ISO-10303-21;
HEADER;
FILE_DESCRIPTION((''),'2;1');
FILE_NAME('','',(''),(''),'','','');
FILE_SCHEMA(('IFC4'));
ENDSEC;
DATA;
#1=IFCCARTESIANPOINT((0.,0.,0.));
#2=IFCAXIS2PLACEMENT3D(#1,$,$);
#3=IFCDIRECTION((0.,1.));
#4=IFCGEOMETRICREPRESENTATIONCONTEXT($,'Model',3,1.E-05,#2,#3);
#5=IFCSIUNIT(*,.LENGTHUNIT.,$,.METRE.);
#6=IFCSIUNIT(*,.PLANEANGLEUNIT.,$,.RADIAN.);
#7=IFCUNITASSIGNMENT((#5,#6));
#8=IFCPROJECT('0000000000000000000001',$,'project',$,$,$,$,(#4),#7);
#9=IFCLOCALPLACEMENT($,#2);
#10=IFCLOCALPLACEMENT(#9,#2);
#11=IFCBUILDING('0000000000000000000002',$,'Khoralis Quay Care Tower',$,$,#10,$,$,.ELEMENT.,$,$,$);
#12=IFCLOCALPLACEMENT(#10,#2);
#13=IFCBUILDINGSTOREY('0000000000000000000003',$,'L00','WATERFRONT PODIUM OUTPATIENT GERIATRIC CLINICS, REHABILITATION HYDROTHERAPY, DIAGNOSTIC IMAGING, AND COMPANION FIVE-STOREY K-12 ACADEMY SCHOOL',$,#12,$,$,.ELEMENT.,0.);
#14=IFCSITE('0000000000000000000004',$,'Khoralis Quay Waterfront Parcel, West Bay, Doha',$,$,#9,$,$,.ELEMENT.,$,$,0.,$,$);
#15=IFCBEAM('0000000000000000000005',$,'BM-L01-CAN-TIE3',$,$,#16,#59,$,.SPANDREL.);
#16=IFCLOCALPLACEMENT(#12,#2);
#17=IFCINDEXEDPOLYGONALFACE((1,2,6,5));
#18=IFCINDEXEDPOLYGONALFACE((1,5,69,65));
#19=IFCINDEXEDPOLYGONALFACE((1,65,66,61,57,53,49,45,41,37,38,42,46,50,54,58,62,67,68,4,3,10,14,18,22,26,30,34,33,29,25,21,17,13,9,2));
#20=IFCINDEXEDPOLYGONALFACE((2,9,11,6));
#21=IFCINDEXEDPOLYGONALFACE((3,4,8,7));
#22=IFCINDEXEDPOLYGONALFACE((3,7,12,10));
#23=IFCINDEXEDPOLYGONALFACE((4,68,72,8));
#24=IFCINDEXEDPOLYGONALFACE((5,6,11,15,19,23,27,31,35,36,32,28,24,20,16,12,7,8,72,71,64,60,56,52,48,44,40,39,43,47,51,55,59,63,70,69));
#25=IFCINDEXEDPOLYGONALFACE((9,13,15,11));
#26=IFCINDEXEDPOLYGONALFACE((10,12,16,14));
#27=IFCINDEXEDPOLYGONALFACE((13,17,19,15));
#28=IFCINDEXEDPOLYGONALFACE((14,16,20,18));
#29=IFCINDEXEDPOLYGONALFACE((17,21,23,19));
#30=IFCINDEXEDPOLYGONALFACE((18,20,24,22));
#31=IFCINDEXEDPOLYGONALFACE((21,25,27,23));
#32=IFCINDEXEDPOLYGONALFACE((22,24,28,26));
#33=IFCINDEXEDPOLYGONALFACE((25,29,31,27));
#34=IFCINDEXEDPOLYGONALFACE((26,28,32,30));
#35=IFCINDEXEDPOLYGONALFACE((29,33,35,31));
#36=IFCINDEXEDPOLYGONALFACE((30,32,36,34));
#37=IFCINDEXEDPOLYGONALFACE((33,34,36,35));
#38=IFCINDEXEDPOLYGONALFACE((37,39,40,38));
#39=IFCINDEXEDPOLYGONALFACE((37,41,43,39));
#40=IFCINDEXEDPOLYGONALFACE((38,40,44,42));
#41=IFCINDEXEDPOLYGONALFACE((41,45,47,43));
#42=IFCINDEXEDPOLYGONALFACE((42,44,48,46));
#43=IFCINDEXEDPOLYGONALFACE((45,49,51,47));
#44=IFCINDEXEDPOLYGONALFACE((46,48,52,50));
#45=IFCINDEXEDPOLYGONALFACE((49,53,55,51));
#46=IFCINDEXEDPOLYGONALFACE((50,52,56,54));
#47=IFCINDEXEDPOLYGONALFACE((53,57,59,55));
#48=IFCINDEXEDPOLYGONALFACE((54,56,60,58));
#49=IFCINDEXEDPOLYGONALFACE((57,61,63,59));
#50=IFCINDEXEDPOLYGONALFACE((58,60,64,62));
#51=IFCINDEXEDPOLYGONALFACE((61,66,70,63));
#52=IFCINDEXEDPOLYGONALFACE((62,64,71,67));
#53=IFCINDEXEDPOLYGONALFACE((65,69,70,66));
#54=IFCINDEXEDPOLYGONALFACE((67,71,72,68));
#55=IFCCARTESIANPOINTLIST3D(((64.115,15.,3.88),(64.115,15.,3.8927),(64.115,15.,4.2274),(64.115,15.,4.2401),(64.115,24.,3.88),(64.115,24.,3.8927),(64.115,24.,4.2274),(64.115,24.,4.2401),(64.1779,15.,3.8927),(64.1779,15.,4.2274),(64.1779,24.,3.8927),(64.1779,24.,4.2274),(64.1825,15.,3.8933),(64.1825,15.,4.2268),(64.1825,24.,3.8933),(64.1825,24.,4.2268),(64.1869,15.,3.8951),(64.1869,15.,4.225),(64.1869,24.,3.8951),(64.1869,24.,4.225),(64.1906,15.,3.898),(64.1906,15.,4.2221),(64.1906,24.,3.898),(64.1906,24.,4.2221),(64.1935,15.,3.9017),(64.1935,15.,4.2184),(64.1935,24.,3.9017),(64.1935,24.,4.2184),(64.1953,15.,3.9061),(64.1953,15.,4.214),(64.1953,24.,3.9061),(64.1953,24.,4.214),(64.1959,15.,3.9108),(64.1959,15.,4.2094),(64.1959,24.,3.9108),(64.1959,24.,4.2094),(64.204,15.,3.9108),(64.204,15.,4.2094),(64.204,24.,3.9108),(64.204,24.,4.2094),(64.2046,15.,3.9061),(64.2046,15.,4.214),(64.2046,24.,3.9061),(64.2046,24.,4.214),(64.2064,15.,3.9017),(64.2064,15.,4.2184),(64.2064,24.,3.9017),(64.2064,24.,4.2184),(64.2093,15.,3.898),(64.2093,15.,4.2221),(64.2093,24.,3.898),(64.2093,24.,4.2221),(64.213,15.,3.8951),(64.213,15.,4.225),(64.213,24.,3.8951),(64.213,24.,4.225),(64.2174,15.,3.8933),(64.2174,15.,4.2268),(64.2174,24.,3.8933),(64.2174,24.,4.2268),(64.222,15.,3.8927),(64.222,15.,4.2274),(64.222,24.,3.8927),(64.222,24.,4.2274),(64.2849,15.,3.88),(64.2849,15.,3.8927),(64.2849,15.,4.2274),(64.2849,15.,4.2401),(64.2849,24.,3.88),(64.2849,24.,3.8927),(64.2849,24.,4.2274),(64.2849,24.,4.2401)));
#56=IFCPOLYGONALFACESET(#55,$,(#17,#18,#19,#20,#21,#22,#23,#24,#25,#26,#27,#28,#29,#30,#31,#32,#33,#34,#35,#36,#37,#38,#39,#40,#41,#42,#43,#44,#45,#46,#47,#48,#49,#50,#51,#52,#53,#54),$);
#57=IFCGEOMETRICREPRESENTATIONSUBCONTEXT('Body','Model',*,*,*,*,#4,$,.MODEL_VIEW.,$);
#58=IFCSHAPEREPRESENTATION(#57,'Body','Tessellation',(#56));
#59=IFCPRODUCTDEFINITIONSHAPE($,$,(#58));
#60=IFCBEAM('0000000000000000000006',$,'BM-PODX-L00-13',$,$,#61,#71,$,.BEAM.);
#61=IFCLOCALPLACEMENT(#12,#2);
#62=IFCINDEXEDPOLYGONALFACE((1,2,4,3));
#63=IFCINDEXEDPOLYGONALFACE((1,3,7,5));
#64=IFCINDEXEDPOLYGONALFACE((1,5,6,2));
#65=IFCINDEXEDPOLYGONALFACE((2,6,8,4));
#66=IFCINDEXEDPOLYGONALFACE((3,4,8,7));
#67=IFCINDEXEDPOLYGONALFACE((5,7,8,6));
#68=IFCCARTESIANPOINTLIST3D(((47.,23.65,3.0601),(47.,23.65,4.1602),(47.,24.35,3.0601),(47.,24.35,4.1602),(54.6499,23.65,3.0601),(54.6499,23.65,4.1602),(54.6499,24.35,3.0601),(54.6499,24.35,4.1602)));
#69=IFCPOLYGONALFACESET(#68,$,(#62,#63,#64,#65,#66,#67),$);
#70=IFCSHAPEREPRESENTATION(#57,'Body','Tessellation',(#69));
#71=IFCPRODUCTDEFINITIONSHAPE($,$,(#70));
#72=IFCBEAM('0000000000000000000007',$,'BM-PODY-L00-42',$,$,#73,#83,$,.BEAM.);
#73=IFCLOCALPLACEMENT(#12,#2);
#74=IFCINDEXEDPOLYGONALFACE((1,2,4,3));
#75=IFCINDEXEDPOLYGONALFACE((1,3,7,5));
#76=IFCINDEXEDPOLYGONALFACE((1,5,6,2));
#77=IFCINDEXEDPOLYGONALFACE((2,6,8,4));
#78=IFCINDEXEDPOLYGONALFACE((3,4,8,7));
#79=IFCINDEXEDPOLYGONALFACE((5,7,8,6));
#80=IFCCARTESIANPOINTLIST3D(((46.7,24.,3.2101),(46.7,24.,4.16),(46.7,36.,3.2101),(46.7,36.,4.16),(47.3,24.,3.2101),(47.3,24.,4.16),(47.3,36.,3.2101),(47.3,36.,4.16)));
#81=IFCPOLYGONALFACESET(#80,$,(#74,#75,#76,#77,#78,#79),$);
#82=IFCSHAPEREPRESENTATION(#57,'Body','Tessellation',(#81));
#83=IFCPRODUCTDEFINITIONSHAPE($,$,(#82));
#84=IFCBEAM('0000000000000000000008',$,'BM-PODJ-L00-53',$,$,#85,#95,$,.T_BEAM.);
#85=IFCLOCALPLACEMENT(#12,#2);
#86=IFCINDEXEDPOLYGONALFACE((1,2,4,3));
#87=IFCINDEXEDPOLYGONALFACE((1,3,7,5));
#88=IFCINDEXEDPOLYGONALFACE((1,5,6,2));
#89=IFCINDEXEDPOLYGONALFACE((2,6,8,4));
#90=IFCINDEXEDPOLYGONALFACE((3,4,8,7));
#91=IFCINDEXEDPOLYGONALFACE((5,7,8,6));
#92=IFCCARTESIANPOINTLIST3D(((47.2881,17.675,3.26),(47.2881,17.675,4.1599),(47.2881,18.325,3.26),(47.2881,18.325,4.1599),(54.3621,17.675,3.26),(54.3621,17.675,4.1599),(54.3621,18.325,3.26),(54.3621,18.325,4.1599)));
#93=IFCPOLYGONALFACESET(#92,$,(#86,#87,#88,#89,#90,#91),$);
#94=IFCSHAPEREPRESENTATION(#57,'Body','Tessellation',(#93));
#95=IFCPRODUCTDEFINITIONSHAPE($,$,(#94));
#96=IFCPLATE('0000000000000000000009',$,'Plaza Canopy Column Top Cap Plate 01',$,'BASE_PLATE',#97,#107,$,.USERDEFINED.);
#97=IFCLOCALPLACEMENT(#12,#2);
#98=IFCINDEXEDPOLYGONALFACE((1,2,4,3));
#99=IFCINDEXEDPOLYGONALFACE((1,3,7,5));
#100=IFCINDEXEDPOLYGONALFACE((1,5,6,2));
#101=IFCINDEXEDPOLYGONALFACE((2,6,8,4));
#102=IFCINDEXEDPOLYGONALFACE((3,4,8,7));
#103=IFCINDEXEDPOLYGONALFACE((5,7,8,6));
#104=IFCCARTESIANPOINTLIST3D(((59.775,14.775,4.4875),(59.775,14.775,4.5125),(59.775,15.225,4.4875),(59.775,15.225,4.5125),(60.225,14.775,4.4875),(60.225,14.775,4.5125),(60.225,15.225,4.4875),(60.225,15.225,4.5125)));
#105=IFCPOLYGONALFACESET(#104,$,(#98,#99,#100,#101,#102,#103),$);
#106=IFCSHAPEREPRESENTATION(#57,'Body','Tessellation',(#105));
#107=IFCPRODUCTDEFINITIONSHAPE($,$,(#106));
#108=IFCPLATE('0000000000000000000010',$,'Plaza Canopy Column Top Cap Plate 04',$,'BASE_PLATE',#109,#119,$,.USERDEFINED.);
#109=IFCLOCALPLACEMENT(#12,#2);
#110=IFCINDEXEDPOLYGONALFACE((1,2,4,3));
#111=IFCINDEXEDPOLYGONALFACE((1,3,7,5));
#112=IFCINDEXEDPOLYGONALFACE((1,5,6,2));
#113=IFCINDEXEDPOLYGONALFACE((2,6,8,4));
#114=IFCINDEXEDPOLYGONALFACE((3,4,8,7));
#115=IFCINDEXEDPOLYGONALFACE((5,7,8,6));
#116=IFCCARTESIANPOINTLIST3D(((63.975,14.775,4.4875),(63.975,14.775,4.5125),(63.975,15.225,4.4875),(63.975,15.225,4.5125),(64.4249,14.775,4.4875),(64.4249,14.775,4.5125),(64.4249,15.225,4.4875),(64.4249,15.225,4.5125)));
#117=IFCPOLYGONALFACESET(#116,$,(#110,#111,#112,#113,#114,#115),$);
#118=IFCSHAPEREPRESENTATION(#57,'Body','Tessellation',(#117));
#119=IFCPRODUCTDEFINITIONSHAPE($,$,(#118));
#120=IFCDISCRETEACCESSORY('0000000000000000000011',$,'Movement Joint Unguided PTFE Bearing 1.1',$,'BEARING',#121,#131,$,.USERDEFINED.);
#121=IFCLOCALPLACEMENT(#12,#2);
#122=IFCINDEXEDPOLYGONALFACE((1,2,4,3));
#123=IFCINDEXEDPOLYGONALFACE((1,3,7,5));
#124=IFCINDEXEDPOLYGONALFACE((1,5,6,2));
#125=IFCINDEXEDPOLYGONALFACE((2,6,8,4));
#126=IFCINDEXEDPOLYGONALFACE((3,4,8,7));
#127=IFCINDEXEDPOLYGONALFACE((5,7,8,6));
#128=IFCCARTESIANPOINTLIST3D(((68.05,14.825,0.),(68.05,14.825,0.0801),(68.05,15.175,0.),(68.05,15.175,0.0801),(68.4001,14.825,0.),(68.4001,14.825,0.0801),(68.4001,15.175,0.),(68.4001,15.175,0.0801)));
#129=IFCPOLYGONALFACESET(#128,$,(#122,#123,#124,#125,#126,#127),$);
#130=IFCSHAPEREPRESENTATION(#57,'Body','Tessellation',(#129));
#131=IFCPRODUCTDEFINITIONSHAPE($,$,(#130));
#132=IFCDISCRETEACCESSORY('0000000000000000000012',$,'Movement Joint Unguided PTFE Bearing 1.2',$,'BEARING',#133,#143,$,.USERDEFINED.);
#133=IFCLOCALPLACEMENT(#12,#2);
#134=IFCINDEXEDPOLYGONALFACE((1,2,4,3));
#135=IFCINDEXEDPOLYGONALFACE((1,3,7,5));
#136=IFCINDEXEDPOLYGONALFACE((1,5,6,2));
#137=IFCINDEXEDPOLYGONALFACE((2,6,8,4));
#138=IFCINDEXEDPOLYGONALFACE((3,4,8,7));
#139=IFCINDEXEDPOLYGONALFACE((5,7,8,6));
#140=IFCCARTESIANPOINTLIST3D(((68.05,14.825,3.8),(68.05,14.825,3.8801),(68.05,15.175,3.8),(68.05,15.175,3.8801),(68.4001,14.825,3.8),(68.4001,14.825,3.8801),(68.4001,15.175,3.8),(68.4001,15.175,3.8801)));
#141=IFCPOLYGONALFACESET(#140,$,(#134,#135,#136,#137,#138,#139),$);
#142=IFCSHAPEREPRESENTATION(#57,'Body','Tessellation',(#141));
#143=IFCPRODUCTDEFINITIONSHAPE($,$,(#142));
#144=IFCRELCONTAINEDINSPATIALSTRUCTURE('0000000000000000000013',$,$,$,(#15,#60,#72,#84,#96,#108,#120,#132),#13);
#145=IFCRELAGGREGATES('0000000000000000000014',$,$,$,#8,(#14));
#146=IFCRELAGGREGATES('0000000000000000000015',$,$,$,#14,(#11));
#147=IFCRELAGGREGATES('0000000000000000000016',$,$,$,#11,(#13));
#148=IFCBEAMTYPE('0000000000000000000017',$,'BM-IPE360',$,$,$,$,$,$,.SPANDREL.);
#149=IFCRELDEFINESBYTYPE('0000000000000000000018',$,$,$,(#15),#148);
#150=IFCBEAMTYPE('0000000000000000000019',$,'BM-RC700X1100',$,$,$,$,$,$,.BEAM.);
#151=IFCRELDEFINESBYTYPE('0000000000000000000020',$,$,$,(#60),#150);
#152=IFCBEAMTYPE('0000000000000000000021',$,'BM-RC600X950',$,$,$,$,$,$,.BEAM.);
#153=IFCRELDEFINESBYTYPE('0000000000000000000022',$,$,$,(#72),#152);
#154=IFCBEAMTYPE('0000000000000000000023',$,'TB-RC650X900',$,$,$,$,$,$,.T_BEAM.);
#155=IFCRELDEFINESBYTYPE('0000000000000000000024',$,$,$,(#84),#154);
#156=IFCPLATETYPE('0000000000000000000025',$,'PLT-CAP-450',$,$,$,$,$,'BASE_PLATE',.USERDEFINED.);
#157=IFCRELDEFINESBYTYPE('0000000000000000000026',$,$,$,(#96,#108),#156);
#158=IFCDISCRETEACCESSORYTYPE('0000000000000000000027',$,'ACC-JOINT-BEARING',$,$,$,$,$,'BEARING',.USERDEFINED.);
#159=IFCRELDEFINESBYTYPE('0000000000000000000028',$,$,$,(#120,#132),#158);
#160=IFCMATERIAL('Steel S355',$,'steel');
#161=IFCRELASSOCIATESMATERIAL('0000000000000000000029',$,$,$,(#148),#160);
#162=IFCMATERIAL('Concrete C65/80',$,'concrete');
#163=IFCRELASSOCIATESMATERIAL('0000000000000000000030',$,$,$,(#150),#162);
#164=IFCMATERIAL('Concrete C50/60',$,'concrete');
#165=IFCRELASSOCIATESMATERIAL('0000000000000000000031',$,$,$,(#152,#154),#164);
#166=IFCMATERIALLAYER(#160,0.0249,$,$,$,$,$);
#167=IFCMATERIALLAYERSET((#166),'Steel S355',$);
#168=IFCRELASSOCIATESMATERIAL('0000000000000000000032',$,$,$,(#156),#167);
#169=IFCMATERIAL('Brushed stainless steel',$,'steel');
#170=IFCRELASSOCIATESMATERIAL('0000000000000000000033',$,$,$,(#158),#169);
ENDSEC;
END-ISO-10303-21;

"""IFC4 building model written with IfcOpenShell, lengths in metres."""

from ifc_helpers import new_model, si_unit, direction, frame, origin, origin_2d, place, context, subcontext, project, spatial, rectangle, i_section, extrude, source, transform, mapped, material, layer, layer_set, material_profile, profile_set, type_object, element, save


model = new_model("IFC4")

# Units and contexts
model_context = context("Model", 3, precision=1e-05, world=origin(), true_north=direction((0.0, 1.0)))
body_context = subcontext(model_context, "Body", "Model", "MODEL_VIEW")
ifc_project = project(units=[si_unit("LENGTHUNIT", "METRE"), si_unit("PLANEANGLEUNIT", "RADIAN")], contexts=[model_context])

# Site, building, storey
site_placement = place(None, origin())
site = spatial("IfcSite", under=ifc_project, at=site_placement, Name="Khoralis Quay Waterfront Parcel, West Bay, Doha", CompositionType="ELEMENT", RefElevation=0.0)
building_placement = place(site_placement, origin())
building = spatial("IfcBuilding", under=site, at=building_placement, Name="Khoralis Quay Care Tower", CompositionType="ELEMENT")
storey_placement = place(building_placement, origin())
storey = spatial("IfcBuildingStorey", under=building, at=storey_placement, Name="L00", Description="WATERFRONT PODIUM OUTPATIENT GERIATRIC CLINICS, REHABILITATION HYDROTHERAPY, DIAGNOSTIC IMAGING, AND COMPANION FIVE-STOREY K-12 ACADEMY SCHOOL", CompositionType="ELEMENT", Elevation=0.0)

# Shared definitions
ifc_material_1 = material(Name="Steel S355", Category="steel")

# Beams
ifc_material_profile_1 = material_profile(ifc_material_1, i_section(OverallWidth=0.1699, OverallDepth=0.3601, WebThickness=0.0081, FlangeThickness=0.0127, FilletRadius=0.0181, at=origin_2d()), Name="Steel S355")
ifc_profile_set_1 = profile_set([ifc_material_profile_1], Name="Steel S355")
beam_type_1 = type_object("IfcBeamType", Name="BM-IPE360", PredefinedType="SPANDREL", material=ifc_profile_set_1)
shared_shape_1 = source(origin(), body_context, "Body", "SweptSolid", [
    extrude(i_section(OverallWidth=0.1699, OverallDepth=0.3601, WebThickness=0.0081, FlangeThickness=0.0127, FilletRadius=0.0181, at=origin_2d()), origin(), (0.0, 0.0, 1.0), 9.0),
])
for number, where, z_axis, x_axis, name in (
    (1, (64.2, 15.0, 4.0601), (0.0, 1.0, 0.0), (-1.0, 0.0, 0.0), "BM-L01-CAN-TIE3"),
):
    element("IfcBeam", number, at=place(storey_placement, frame(where, z_axis=z_axis, x_axis=x_axis)), inside=storey, type_object=beam_type_1, Name=name, PredefinedType="SPANDREL", context=body_context, shape_type="MappedRepresentation", body=[
        mapped(shared_shape_1, transform((0.0, 0.0, 0.0), scale=1.0)),
    ])
ifc_material_2 = material(Name="Concrete C65/80", Category="concrete")
ifc_material_profile_2 = material_profile(ifc_material_2, rectangle(XDim=0.7, YDim=1.1001, at=origin_2d()), Name="Concrete C65/80")
ifc_profile_set_2 = profile_set([ifc_material_profile_2], Name="Concrete C65/80")
beam_type_2 = type_object("IfcBeamType", Name="BM-RC700X1100", PredefinedType="BEAM", material=ifc_profile_set_2)
shared_shape_2 = source(origin(), body_context, "Body", "SweptSolid", [
    extrude(rectangle(XDim=0.7, YDim=1.1001, at=origin_2d()), origin(), (0.0, 0.0, 1.0), 7.6499),
])
beam_1_placement = place(storey_placement, frame((47.0, 24.0, 3.6101), z_axis=(1.0, 0.0, 0.0), x_axis=(0.0, 1.0, 0.0)))
element("IfcBeam", 2, at=beam_1_placement, inside=storey, type_object=beam_type_2, Name="BM-PODX-L00-13", PredefinedType="BEAM", context=body_context, shape_type="MappedRepresentation", body=[
    mapped(shared_shape_2, transform((0.0, 0.0, 0.0), scale=1.0)),
])
ifc_material_3 = material(Name="Concrete C50/60", Category="concrete")
ifc_material_profile_3 = material_profile(ifc_material_3, rectangle(XDim=0.6001, YDim=0.95, at=origin_2d()), Name="Concrete C50/60")
ifc_profile_set_3 = profile_set([ifc_material_profile_3], Name="Concrete C50/60")
beam_type_3 = type_object("IfcBeamType", Name="BM-RC600X950", PredefinedType="BEAM", material=ifc_profile_set_3)
shared_shape_3 = source(origin(), body_context, "Body", "SweptSolid", [
    extrude(rectangle(XDim=0.6001, YDim=0.95, at=origin_2d()), origin(), (0.0, 0.0, 1.0), 12.0),
])
beam_2_placement = place(storey_placement, frame((47.0, 24.0, 3.6851), z_axis=(0.0, 1.0, 0.0), x_axis=(-1.0, 0.0, 0.0)))
element("IfcBeam", 3, at=beam_2_placement, inside=storey, type_object=beam_type_3, Name="BM-PODY-L00-42", PredefinedType="BEAM", context=body_context, shape_type="MappedRepresentation", body=[
    mapped(shared_shape_3, transform((0.0, 0.0, 0.0), scale=1.0)),
])
ifc_material_profile_4 = material_profile(ifc_material_3, rectangle(XDim=0.6499, YDim=0.8999, at=origin_2d()), Name="Concrete C50/60")
ifc_profile_set_4 = profile_set([ifc_material_profile_4], Name="Concrete C50/60")
beam_type_4 = type_object("IfcBeamType", Name="TB-RC650X900", PredefinedType="T_BEAM", material=ifc_profile_set_4)
shared_shape_4 = source(origin(), body_context, "Body", "SweptSolid", [
    extrude(rectangle(XDim=0.6499, YDim=0.8999, at=origin_2d()), origin(), (0.0, 0.0, 1.0), 7.074),
])
beam_3_placement = place(storey_placement, frame((47.2881, 18.0, 3.71), z_axis=(1.0, 0.0, 0.0), x_axis=(0.0, 1.0, 0.0)))
element("IfcBeam", 4, at=beam_3_placement, inside=storey, type_object=beam_type_4, Name="BM-PODJ-L00-53", PredefinedType="T_BEAM", context=body_context, shape_type="MappedRepresentation", body=[
    mapped(shared_shape_4, transform((0.0, 0.0, 0.0), scale=1.0)),
])

# Plates
ifc_layer = layer(ifc_material_1, 0.0249)
ifc_layer_set = layer_set([ifc_layer], Name="Steel S355")
plate_type = type_object("IfcPlateType", Name="PLT-CAP-450", ElementType="BASE_PLATE", PredefinedType="USERDEFINED", material=ifc_layer_set)
shared_shape_5 = source(origin(), body_context, "Body", "SweptSolid", [
    extrude(rectangle(XDim=0.45, YDim=0.45, at=origin_2d()), origin(), (0.0, 0.0, 1.0), 0.0249),
])
for number, where, z_axis, x_axis, name in (
    (5, (60.0, 15.0, 4.4875), (0.0, 0.0, 1.0), (1.0, 0.0, 0.0), "Plaza Canopy Column Top Cap Plate 01"),
    (6, (64.2, 15.0, 4.4875), (0.0, 0.0, 1.0), (1.0, 0.0, 0.0), "Plaza Canopy Column Top Cap Plate 04"),
):
    element("IfcPlate", number, at=place(storey_placement, frame(where, z_axis=z_axis, x_axis=x_axis)), inside=storey, type_object=plate_type, Name=name, ObjectType="BASE_PLATE", PredefinedType="USERDEFINED", context=body_context, shape_type="MappedRepresentation", body=[
        mapped(shared_shape_5, transform((0.0, 0.0, 0.0), scale=1.0)),
    ])

# Discrete accessories
ifc_material_4 = material(Name="Brushed stainless steel", Category="steel")
discrete_accessory_type = type_object("IfcDiscreteAccessoryType", Name="ACC-JOINT-BEARING", ElementType="BEARING", PredefinedType="USERDEFINED", material=ifc_material_4)
shared_shape_6 = source(origin(), body_context, "Body", "SweptSolid", [
    extrude(rectangle(XDim=0.3501, YDim=0.3501, at=origin_2d()), origin(), (0.0, 0.0, 1.0), 0.0801),
])
for number, where, z_axis, x_axis, name in (
    (7, (68.2251, 15.0, 0.0), (0.0, 0.0, 1.0), (1.0, 0.0, 0.0), "Movement Joint Unguided PTFE Bearing 1.1"),
    (8, (68.2251, 15.0, 3.8), (0.0, 0.0, 1.0), (1.0, 0.0, 0.0), "Movement Joint Unguided PTFE Bearing 1.2"),
):
    element("IfcDiscreteAccessory", number, at=place(storey_placement, frame(where, z_axis=z_axis, x_axis=x_axis)), inside=storey, type_object=discrete_accessory_type, Name=name, ObjectType="BEARING", PredefinedType="USERDEFINED", context=body_context, shape_type="MappedRepresentation", body=[
        mapped(shared_shape_6, transform((0.0, 0.0, 0.0), scale=1.0)),
    ])

save(model, "model.ifc")
